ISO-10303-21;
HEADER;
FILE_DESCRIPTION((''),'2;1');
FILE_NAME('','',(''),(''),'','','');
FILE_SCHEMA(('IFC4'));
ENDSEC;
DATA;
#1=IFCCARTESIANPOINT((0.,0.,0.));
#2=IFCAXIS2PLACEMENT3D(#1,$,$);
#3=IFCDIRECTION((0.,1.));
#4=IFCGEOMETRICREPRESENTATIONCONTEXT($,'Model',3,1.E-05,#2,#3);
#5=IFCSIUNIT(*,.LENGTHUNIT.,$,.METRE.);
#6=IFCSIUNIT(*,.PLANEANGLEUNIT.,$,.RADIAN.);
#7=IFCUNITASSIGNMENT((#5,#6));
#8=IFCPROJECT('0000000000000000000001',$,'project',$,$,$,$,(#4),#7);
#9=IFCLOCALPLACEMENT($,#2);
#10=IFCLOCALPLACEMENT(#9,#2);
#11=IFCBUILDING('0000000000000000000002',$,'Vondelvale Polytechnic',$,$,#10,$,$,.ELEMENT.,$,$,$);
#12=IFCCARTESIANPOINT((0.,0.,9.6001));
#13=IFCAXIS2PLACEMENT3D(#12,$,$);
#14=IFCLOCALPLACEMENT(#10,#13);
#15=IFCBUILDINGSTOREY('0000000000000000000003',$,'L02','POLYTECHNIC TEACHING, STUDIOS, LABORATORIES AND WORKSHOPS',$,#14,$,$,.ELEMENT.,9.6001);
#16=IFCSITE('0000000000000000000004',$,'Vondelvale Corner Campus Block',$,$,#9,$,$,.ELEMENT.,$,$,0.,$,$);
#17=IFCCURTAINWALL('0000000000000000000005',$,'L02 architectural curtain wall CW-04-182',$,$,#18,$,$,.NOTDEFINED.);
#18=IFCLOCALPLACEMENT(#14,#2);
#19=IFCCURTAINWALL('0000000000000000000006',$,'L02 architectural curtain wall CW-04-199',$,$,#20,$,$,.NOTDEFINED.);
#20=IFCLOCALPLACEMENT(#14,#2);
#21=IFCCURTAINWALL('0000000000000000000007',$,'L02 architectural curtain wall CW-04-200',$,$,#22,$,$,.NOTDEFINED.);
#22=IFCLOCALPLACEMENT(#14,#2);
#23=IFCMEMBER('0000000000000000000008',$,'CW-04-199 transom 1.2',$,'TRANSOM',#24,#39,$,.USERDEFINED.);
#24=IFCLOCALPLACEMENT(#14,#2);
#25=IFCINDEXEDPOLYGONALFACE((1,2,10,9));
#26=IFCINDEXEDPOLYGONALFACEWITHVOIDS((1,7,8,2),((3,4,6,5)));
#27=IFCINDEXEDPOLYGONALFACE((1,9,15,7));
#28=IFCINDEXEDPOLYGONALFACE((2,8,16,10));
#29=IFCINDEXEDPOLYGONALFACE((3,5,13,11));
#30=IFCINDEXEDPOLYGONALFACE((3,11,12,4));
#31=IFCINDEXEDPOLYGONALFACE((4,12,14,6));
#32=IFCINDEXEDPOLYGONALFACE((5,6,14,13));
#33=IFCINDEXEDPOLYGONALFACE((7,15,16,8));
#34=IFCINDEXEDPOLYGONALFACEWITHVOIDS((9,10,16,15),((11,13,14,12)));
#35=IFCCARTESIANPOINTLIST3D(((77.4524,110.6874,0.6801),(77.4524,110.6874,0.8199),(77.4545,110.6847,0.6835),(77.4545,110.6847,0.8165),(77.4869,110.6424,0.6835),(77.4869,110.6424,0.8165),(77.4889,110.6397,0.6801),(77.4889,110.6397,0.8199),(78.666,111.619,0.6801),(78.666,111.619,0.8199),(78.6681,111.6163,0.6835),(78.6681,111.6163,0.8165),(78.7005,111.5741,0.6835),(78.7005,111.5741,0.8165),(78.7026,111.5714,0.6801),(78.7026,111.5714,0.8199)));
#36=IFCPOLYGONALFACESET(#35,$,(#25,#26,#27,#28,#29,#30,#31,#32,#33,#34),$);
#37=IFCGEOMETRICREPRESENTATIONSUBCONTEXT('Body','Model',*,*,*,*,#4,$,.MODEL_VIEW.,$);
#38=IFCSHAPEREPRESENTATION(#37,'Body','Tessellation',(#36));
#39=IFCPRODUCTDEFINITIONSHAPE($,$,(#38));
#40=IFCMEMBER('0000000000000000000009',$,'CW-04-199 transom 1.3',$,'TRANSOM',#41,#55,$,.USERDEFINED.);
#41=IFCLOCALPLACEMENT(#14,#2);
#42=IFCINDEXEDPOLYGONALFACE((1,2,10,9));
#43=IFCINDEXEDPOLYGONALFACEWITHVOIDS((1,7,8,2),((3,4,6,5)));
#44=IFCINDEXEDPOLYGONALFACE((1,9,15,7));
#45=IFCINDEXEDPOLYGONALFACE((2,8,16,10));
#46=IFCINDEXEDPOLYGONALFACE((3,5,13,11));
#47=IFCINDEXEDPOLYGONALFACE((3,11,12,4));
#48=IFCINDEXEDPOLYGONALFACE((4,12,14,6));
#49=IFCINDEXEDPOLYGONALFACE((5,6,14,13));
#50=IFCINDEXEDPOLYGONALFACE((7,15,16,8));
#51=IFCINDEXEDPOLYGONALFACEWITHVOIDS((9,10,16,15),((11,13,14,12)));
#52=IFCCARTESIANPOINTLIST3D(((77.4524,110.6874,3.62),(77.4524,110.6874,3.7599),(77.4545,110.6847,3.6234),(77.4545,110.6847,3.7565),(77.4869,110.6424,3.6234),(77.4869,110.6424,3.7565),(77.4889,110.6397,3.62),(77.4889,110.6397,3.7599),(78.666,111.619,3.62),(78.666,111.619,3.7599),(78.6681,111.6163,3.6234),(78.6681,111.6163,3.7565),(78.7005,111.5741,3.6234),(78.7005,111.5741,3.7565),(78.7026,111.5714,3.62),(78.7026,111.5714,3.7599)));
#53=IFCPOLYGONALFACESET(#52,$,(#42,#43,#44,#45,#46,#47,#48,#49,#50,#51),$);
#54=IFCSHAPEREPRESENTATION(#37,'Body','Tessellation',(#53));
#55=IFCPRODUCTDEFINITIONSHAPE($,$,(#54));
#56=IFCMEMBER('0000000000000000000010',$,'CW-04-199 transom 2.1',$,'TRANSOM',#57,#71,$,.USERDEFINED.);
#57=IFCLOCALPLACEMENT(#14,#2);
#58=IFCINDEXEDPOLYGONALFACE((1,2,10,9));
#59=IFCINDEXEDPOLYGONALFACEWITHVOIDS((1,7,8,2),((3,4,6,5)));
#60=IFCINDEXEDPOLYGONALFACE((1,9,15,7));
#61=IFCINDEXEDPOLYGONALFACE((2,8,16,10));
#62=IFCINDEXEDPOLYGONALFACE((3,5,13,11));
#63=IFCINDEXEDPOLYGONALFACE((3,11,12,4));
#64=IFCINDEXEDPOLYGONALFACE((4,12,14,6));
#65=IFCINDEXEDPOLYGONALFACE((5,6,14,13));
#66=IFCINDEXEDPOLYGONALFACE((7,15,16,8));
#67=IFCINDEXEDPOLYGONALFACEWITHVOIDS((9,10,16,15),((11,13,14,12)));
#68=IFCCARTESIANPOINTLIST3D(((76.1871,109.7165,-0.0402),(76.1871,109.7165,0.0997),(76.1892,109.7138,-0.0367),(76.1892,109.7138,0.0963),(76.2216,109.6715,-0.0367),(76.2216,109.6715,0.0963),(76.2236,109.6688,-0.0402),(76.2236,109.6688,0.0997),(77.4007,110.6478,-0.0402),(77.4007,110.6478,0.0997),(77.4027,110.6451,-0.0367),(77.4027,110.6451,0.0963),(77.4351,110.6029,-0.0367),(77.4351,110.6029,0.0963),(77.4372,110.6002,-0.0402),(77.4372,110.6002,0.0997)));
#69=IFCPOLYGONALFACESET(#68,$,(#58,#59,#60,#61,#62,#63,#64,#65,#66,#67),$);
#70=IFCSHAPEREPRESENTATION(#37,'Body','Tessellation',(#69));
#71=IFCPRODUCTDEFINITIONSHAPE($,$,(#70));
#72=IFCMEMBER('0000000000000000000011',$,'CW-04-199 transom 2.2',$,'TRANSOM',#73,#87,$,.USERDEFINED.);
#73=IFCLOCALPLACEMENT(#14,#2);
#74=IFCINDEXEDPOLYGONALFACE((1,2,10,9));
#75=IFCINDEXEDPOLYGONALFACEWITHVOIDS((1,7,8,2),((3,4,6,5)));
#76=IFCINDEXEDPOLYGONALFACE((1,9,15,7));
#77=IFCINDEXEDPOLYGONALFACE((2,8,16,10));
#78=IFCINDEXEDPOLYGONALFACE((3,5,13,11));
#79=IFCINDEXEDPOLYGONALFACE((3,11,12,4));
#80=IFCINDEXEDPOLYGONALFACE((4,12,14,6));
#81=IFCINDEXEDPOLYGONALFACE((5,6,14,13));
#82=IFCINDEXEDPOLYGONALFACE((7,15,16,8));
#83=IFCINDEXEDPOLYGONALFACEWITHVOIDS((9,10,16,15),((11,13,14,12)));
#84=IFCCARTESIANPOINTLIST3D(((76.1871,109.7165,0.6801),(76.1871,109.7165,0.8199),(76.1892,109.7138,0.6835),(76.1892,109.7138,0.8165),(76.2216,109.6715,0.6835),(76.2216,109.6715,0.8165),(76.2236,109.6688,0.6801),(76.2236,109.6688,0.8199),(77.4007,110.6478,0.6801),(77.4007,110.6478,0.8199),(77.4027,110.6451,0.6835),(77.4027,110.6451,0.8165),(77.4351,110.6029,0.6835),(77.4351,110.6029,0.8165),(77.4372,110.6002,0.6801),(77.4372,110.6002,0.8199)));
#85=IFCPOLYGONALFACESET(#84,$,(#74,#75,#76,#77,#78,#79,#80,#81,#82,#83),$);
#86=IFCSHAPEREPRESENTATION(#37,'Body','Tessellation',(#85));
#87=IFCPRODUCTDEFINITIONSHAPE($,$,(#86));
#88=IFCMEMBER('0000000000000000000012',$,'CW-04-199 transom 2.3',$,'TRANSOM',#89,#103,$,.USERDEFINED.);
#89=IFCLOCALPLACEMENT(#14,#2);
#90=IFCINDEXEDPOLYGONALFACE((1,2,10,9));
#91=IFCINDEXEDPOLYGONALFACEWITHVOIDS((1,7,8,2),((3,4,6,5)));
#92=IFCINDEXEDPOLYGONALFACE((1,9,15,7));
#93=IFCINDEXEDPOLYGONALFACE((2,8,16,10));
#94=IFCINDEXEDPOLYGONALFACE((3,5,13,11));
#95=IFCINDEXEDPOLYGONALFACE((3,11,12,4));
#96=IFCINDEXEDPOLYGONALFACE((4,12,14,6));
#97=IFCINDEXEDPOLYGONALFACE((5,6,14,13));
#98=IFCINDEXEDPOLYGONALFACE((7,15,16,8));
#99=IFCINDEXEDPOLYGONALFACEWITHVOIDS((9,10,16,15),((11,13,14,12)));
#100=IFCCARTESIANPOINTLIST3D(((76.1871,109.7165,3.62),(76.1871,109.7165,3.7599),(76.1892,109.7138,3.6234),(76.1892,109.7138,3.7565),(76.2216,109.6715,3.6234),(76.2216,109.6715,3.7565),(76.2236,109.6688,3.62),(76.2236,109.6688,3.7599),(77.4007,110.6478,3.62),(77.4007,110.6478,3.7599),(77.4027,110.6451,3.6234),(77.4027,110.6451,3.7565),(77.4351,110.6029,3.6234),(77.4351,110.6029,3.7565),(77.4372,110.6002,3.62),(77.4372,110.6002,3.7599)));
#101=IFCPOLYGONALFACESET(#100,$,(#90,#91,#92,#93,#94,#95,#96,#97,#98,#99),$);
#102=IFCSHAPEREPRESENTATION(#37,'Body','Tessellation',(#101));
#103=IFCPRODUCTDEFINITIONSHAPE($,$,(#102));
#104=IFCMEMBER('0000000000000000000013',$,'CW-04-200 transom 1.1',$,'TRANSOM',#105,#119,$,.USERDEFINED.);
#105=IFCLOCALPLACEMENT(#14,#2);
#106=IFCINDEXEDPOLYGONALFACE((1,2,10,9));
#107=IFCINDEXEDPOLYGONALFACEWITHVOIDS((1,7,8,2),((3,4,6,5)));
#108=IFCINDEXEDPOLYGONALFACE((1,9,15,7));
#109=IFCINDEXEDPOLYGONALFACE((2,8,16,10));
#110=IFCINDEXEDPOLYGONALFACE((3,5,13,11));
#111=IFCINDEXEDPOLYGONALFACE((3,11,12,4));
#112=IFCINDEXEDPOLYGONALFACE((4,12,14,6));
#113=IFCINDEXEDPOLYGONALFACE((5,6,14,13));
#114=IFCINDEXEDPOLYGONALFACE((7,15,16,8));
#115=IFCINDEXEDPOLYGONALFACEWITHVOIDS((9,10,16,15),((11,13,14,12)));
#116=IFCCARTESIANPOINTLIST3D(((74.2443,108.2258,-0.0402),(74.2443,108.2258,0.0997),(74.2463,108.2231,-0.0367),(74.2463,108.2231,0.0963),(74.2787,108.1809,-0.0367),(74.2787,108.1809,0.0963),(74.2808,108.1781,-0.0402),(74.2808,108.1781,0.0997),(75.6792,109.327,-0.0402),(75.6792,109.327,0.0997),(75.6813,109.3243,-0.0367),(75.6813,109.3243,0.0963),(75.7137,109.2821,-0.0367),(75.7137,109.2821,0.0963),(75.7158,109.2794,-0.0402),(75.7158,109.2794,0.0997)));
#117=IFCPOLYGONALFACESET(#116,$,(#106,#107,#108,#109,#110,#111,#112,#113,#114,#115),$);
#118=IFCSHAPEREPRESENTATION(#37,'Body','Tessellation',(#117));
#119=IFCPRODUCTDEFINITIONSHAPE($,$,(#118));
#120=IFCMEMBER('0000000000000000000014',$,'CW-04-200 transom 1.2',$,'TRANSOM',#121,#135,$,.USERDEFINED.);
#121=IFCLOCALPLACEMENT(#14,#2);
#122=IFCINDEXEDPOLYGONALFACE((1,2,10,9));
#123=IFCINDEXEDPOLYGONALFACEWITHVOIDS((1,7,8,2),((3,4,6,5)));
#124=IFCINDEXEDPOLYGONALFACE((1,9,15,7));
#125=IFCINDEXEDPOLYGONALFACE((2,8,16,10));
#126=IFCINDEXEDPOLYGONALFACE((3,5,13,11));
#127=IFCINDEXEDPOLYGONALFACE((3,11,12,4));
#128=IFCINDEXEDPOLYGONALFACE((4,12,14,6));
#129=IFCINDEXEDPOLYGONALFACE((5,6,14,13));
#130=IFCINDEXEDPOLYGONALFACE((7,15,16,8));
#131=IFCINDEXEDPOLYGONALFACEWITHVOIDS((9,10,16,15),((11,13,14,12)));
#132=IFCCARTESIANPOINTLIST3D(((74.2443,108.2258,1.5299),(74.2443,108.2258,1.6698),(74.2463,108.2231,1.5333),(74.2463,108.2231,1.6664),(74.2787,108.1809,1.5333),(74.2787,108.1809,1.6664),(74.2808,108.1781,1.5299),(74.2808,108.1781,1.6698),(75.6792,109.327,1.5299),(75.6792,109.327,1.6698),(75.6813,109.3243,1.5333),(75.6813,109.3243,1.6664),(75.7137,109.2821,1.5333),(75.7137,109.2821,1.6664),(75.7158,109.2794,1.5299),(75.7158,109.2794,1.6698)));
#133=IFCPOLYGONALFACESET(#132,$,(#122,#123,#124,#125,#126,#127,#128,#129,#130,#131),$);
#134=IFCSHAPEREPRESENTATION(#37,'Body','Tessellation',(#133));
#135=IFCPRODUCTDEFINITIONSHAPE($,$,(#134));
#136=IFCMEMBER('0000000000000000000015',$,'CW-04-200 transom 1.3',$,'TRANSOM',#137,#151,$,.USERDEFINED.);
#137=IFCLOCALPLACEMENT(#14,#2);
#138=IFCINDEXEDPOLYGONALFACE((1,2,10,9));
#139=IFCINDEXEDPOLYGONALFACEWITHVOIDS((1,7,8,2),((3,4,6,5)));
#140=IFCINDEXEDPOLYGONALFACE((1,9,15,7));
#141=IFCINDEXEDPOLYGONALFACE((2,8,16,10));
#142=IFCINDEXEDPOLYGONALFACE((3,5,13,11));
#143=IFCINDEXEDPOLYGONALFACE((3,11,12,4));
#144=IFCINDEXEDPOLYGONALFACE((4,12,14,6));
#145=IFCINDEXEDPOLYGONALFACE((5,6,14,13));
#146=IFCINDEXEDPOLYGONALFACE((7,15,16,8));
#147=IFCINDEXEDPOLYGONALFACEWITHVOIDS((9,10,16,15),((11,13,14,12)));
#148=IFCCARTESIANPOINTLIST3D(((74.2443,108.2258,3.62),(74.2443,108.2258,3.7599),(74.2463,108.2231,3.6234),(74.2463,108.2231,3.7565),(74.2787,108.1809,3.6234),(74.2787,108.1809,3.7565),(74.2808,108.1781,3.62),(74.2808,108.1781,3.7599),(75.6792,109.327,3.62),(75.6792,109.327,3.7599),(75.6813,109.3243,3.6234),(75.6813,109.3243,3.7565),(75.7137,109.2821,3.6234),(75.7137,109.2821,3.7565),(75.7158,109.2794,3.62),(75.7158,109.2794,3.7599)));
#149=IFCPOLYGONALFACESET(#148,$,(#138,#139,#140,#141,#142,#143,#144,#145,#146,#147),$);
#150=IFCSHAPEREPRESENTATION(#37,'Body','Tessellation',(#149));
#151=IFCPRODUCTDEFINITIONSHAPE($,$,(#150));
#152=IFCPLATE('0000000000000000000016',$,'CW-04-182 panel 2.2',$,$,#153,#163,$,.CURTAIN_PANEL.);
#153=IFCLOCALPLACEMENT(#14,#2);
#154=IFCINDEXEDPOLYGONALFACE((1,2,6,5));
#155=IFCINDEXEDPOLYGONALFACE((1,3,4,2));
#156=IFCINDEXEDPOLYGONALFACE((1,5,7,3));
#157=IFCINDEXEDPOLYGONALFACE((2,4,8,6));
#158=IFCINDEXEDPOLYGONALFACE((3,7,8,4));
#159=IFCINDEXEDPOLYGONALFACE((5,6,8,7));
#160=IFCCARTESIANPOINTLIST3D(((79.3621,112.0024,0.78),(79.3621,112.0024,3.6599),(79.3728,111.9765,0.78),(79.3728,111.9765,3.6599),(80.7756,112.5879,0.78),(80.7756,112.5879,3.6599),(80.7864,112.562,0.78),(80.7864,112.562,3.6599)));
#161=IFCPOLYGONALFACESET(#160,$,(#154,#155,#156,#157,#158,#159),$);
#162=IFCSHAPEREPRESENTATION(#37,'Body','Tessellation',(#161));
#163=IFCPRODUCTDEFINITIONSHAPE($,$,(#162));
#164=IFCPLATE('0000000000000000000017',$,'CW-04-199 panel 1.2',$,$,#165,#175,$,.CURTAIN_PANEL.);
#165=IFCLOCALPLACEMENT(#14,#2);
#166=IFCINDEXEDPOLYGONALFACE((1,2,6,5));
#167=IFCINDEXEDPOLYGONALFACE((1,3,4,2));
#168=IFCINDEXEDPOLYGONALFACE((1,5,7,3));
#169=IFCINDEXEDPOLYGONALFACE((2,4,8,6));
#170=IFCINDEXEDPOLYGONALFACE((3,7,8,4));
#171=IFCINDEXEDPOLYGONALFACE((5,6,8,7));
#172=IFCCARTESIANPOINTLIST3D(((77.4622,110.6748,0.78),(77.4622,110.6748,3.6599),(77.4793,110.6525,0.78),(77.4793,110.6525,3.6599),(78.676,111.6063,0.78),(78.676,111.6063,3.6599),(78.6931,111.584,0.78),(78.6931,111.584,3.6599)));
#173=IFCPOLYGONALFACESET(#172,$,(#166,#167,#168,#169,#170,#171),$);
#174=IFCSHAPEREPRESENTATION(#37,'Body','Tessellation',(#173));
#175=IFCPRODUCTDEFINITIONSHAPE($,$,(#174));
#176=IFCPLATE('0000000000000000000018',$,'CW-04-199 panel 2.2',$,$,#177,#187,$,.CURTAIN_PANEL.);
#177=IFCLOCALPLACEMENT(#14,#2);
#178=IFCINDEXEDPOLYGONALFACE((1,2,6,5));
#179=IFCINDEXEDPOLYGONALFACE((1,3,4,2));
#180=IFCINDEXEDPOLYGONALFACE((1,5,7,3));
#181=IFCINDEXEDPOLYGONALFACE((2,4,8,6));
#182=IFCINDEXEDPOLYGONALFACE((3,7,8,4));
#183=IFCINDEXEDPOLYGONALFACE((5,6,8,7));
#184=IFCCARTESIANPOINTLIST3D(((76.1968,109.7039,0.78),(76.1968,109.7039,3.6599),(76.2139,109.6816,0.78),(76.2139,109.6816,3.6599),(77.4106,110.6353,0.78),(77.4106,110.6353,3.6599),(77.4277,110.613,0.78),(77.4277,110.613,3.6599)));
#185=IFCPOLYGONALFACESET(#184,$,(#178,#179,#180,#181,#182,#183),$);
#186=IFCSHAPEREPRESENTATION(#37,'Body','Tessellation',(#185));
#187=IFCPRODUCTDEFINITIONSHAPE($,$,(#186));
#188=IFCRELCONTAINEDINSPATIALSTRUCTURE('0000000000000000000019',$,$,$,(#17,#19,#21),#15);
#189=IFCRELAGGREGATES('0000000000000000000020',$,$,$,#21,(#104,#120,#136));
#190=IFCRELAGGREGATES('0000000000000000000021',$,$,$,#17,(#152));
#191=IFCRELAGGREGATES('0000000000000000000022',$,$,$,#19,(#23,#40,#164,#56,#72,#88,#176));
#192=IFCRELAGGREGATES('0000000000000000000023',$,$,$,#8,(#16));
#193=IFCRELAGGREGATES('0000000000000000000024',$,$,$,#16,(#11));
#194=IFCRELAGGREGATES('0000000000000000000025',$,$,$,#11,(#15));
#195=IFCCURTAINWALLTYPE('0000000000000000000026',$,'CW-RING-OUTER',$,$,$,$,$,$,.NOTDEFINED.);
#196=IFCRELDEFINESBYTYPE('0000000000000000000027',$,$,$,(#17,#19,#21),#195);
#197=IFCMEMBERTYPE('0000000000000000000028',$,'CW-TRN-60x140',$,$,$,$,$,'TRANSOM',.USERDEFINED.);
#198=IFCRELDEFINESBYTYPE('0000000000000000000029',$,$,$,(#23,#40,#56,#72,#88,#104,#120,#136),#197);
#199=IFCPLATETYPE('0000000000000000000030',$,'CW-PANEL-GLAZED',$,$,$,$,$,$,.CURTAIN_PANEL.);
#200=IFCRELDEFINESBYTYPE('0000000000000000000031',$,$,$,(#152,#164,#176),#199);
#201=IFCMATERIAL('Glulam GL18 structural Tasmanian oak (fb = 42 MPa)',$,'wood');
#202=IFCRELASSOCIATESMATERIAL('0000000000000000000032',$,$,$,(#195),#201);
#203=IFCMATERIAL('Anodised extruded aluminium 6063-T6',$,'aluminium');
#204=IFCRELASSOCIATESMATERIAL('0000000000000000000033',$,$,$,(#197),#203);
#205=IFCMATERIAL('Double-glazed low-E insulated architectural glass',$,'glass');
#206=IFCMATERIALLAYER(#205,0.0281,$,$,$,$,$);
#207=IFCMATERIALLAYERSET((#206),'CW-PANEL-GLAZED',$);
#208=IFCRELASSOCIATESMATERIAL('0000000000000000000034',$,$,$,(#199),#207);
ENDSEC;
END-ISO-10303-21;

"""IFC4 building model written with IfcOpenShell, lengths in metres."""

from ifc_helpers import new_model, si_unit, direction, frame, origin, origin_2d, place, context, subcontext, project, spatial, rectangle, hollow_rectangle, extrude, material, layer, layer_set, material_profile, profile_set, type_object, element, aggregate, save


model = new_model("IFC4")

# Units and contexts
model_context = context("Model", 3, precision=1e-05, world=origin(), true_north=direction((0.0, 1.0)))
body_context = subcontext(model_context, "Body", "Model", "MODEL_VIEW")
ifc_project = project(units=[si_unit("LENGTHUNIT", "METRE"), si_unit("PLANEANGLEUNIT", "RADIAN")], contexts=[model_context])

# Site, building, storey
site_placement = place(None, origin())
site = spatial("IfcSite", under=ifc_project, at=site_placement, Name="Vondelvale Corner Campus Block", CompositionType="ELEMENT", RefElevation=0.0)
building_placement = place(site_placement, origin())
building = spatial("IfcBuilding", under=site, at=building_placement, Name="Vondelvale Polytechnic", CompositionType="ELEMENT")
storey_placement = place(building_placement, frame((0.0, 0.0, 9.6001)))
storey = spatial("IfcBuildingStorey", under=building, at=storey_placement, Name="L02", Description="POLYTECHNIC TEACHING, STUDIOS, LABORATORIES AND WORKSHOPS", CompositionType="ELEMENT", Elevation=9.6001)

# Shared definitions
ifc_material_1 = material(Name="Glulam GL18 structural Tasmanian oak (fb = 42 MPa)", Category="wood")

# Curtain wall
curtain_wall_type = type_object("IfcCurtainWallType", Name="CW-RING-OUTER", PredefinedType="NOTDEFINED", material=ifc_material_1)
curtain_wall_1_placement = place(storey_placement, origin())
curtain_wall_1 = element("IfcCurtainWall", 1, at=curtain_wall_1_placement, inside=storey, type_object=curtain_wall_type, Name="L02 architectural curtain wall CW-04-182", PredefinedType="NOTDEFINED")
ifc_material_2 = material(Name="Anodised extruded aluminium 6063-T6", Category="aluminium")

# Curtain wall
curtain_wall_2_placement = place(storey_placement, origin())
curtain_wall_2 = element("IfcCurtainWall", 2, at=curtain_wall_2_placement, inside=storey, type_object=curtain_wall_type, Name="L02 architectural curtain wall CW-04-199", PredefinedType="NOTDEFINED")

# Curtain wall
curtain_wall_3_placement = place(storey_placement, origin())
curtain_wall_3 = element("IfcCurtainWall", 3, at=curtain_wall_3_placement, inside=storey, type_object=curtain_wall_type, Name="L02 architectural curtain wall CW-04-200", PredefinedType="NOTDEFINED")

# Members
ifc_material_profile_1 = material_profile(ifc_material_2, hollow_rectangle(XDim=0.0601, YDim=0.1399, WallThickness=0.0034, at=origin_2d()), Name="CW-TRN-140x60")
ifc_profile_set_1 = profile_set([ifc_material_profile_1], Name="Anodised extruded aluminium 6063-T6")
member_type_1 = type_object("IfcMemberType", Name="CW-TRN-60x140", ElementType="TRANSOM", PredefinedType="USERDEFINED", material=ifc_profile_set_1)
member_1_placement = place(storey_placement, frame((78.6843, 111.5952, 0.75), z_axis=(-0.793229, -0.608924, 0.0), x_axis=(0.608924, -0.793229, 0.0)))
member_1 = element("IfcMember", 4, at=member_1_placement, type_object=member_type_1, Name="CW-04-199 transom 1.2", ObjectType="TRANSOM", PredefinedType="USERDEFINED", context=body_context, shape_type="SweptSolid", body=[
    extrude(hollow_rectangle(XDim=0.0601, YDim=0.1399, WallThickness=0.0034, at=origin_2d()), origin(), (0.0, 0.0, 1.0), 1.53),
])
member_2_placement = place(storey_placement, frame((78.6843, 111.5952, 3.6899), z_axis=(-0.793229, -0.608924, 0.0), x_axis=(0.608924, -0.793229, 0.0)))
member_2 = element("IfcMember", 5, at=member_2_placement, type_object=member_type_1, Name="CW-04-199 transom 1.3", ObjectType="TRANSOM", PredefinedType="USERDEFINED", context=body_context, shape_type="SweptSolid", body=[
    extrude(hollow_rectangle(XDim=0.0601, YDim=0.1399, WallThickness=0.0034, at=origin_2d()), origin(), (0.0, 0.0, 1.0), 1.53),
])
member_3_placement = place(storey_placement, frame((77.4189, 110.624, 0.0298), z_axis=(-0.793306, -0.608823, 0.0), x_axis=(0.608823, -0.793306, 0.0)))
member_3 = element("IfcMember", 6, at=member_3_placement, type_object=member_type_1, Name="CW-04-199 transom 2.1", ObjectType="TRANSOM", PredefinedType="USERDEFINED", context=body_context, shape_type="SweptSolid", body=[
    extrude(hollow_rectangle(XDim=0.0601, YDim=0.1399, WallThickness=0.0034, at=origin_2d()), origin(), (0.0, 0.0, 1.0), 1.5298),
])
member_4_placement = place(storey_placement, frame((77.4189, 110.624, 0.75), z_axis=(-0.793306, -0.608823, 0.0), x_axis=(0.608823, -0.793306, 0.0)))
member_4 = element("IfcMember", 7, at=member_4_placement, type_object=member_type_1, Name="CW-04-199 transom 2.2", ObjectType="TRANSOM", PredefinedType="USERDEFINED", context=body_context, shape_type="SweptSolid", body=[
    extrude(hollow_rectangle(XDim=0.0601, YDim=0.1399, WallThickness=0.0034, at=origin_2d()), origin(), (0.0, 0.0, 1.0), 1.5298),
])
member_5_placement = place(storey_placement, frame((77.4189, 110.624, 3.6899), z_axis=(-0.793306, -0.608823, 0.0), x_axis=(0.608823, -0.793306, 0.0)))
member_5 = element("IfcMember", 8, at=member_5_placement, type_object=member_type_1, Name="CW-04-199 transom 2.3", ObjectType="TRANSOM", PredefinedType="USERDEFINED", context=body_context, shape_type="SweptSolid", body=[
    extrude(hollow_rectangle(XDim=0.0601, YDim=0.1399, WallThickness=0.0034, at=origin_2d()), origin(), (0.0, 0.0, 1.0), 1.5298),
])
member_6_placement = place(storey_placement, frame((75.6975, 109.3032, 0.0298), z_axis=(-0.793311, -0.608817, 0.0), x_axis=(0.608817, -0.793311, 0.0)))
member_6 = element("IfcMember", 9, at=member_6_placement, type_object=member_type_1, Name="CW-04-200 transom 1.1", ObjectType="TRANSOM", PredefinedType="USERDEFINED", context=body_context, shape_type="SweptSolid", body=[
    extrude(hollow_rectangle(XDim=0.0601, YDim=0.1399, WallThickness=0.0034, at=origin_2d()), origin(), (0.0, 0.0, 1.0), 1.8088),
])
member_7_placement = place(storey_placement, frame((75.6975, 109.3032, 1.5999), z_axis=(-0.793311, -0.608817, 0.0), x_axis=(0.608817, -0.793311, 0.0)))
member_7 = element("IfcMember", 10, at=member_7_placement, type_object=member_type_1, Name="CW-04-200 transom 1.2", ObjectType="TRANSOM", PredefinedType="USERDEFINED", context=body_context, shape_type="SweptSolid", body=[
    extrude(hollow_rectangle(XDim=0.0601, YDim=0.1399, WallThickness=0.0034, at=origin_2d()), origin(), (0.0, 0.0, 1.0), 1.8088),
])
member_8_placement = place(storey_placement, frame((75.6975, 109.3032, 3.6899), z_axis=(-0.793311, -0.608817, 0.0), x_axis=(0.608817, -0.793311, 0.0)))
member_8 = element("IfcMember", 11, at=member_8_placement, type_object=member_type_1, Name="CW-04-200 transom 1.3", ObjectType="TRANSOM", PredefinedType="USERDEFINED", context=body_context, shape_type="SweptSolid", body=[
    extrude(hollow_rectangle(XDim=0.0601, YDim=0.1399, WallThickness=0.0034, at=origin_2d()), origin(), (0.0, 0.0, 1.0), 1.8088),
])

# Plates
ifc_material_3 = material(Name="Double-glazed low-E insulated architectural glass", Category="glass")
ifc_layer_1 = layer(ifc_material_3, 0.0281)
ifc_layer_set_1 = layer_set([ifc_layer_1], Name="CW-PANEL-GLAZED")
plate_type_1 = type_object("IfcPlateType", Name="CW-PANEL-GLAZED", PredefinedType="CURTAIN_PANEL", material=ifc_layer_set_1)
plate_1_placement = place(storey_placement, frame((80.0742, 112.2822, 0.78), z_axis=(0.0, 0.0, 1.0), x_axis=(-0.923882, -0.382677, 0.0)))
plate_1 = element("IfcPlate", 12, at=plate_1_placement, type_object=plate_type_1, Name="CW-04-182 panel 2.2", PredefinedType="CURTAIN_PANEL", context=body_context, shape_type="SweptSolid", body=[
    extrude(rectangle(XDim=1.53, YDim=0.0281, at=origin_2d()), origin(), (0.0, 0.0, 1.0), 2.8799),
])
plate_2_placement = place(storey_placement, frame((78.0776, 111.1294, 0.78), z_axis=(0.0, 0.0, 1.0), x_axis=(-0.793334, -0.608787, 0.0)))
plate_2 = element("IfcPlate", 13, at=plate_2_placement, type_object=plate_type_1, Name="CW-04-199 panel 1.2", PredefinedType="CURTAIN_PANEL", context=body_context, shape_type="SweptSolid", body=[
    extrude(rectangle(XDim=1.53, YDim=0.0281, at=origin_2d()), origin(), (0.0, 0.0, 1.0), 2.8799),
])
plate_3_placement = place(storey_placement, frame((76.8123, 110.1584, 0.78), z_axis=(0.0, 0.0, 1.0), x_axis=(-0.793334, -0.608787, 0.0)))
plate_3 = element("IfcPlate", 14, at=plate_3_placement, type_object=plate_type_1, Name="CW-04-199 panel 2.2", PredefinedType="CURTAIN_PANEL", context=body_context, shape_type="SweptSolid", body=[
    extrude(rectangle(XDim=1.53, YDim=0.0281, at=origin_2d()), origin(), (0.0, 0.0, 1.0), 2.8799),
])
aggregate(curtain_wall_3, [member_6, member_7, member_8])
aggregate(curtain_wall_1, [plate_1])
aggregate(curtain_wall_2, [member_1, member_2, plate_2, member_3, member_4, member_5, plate_3])

save(model, "model.ifc")
